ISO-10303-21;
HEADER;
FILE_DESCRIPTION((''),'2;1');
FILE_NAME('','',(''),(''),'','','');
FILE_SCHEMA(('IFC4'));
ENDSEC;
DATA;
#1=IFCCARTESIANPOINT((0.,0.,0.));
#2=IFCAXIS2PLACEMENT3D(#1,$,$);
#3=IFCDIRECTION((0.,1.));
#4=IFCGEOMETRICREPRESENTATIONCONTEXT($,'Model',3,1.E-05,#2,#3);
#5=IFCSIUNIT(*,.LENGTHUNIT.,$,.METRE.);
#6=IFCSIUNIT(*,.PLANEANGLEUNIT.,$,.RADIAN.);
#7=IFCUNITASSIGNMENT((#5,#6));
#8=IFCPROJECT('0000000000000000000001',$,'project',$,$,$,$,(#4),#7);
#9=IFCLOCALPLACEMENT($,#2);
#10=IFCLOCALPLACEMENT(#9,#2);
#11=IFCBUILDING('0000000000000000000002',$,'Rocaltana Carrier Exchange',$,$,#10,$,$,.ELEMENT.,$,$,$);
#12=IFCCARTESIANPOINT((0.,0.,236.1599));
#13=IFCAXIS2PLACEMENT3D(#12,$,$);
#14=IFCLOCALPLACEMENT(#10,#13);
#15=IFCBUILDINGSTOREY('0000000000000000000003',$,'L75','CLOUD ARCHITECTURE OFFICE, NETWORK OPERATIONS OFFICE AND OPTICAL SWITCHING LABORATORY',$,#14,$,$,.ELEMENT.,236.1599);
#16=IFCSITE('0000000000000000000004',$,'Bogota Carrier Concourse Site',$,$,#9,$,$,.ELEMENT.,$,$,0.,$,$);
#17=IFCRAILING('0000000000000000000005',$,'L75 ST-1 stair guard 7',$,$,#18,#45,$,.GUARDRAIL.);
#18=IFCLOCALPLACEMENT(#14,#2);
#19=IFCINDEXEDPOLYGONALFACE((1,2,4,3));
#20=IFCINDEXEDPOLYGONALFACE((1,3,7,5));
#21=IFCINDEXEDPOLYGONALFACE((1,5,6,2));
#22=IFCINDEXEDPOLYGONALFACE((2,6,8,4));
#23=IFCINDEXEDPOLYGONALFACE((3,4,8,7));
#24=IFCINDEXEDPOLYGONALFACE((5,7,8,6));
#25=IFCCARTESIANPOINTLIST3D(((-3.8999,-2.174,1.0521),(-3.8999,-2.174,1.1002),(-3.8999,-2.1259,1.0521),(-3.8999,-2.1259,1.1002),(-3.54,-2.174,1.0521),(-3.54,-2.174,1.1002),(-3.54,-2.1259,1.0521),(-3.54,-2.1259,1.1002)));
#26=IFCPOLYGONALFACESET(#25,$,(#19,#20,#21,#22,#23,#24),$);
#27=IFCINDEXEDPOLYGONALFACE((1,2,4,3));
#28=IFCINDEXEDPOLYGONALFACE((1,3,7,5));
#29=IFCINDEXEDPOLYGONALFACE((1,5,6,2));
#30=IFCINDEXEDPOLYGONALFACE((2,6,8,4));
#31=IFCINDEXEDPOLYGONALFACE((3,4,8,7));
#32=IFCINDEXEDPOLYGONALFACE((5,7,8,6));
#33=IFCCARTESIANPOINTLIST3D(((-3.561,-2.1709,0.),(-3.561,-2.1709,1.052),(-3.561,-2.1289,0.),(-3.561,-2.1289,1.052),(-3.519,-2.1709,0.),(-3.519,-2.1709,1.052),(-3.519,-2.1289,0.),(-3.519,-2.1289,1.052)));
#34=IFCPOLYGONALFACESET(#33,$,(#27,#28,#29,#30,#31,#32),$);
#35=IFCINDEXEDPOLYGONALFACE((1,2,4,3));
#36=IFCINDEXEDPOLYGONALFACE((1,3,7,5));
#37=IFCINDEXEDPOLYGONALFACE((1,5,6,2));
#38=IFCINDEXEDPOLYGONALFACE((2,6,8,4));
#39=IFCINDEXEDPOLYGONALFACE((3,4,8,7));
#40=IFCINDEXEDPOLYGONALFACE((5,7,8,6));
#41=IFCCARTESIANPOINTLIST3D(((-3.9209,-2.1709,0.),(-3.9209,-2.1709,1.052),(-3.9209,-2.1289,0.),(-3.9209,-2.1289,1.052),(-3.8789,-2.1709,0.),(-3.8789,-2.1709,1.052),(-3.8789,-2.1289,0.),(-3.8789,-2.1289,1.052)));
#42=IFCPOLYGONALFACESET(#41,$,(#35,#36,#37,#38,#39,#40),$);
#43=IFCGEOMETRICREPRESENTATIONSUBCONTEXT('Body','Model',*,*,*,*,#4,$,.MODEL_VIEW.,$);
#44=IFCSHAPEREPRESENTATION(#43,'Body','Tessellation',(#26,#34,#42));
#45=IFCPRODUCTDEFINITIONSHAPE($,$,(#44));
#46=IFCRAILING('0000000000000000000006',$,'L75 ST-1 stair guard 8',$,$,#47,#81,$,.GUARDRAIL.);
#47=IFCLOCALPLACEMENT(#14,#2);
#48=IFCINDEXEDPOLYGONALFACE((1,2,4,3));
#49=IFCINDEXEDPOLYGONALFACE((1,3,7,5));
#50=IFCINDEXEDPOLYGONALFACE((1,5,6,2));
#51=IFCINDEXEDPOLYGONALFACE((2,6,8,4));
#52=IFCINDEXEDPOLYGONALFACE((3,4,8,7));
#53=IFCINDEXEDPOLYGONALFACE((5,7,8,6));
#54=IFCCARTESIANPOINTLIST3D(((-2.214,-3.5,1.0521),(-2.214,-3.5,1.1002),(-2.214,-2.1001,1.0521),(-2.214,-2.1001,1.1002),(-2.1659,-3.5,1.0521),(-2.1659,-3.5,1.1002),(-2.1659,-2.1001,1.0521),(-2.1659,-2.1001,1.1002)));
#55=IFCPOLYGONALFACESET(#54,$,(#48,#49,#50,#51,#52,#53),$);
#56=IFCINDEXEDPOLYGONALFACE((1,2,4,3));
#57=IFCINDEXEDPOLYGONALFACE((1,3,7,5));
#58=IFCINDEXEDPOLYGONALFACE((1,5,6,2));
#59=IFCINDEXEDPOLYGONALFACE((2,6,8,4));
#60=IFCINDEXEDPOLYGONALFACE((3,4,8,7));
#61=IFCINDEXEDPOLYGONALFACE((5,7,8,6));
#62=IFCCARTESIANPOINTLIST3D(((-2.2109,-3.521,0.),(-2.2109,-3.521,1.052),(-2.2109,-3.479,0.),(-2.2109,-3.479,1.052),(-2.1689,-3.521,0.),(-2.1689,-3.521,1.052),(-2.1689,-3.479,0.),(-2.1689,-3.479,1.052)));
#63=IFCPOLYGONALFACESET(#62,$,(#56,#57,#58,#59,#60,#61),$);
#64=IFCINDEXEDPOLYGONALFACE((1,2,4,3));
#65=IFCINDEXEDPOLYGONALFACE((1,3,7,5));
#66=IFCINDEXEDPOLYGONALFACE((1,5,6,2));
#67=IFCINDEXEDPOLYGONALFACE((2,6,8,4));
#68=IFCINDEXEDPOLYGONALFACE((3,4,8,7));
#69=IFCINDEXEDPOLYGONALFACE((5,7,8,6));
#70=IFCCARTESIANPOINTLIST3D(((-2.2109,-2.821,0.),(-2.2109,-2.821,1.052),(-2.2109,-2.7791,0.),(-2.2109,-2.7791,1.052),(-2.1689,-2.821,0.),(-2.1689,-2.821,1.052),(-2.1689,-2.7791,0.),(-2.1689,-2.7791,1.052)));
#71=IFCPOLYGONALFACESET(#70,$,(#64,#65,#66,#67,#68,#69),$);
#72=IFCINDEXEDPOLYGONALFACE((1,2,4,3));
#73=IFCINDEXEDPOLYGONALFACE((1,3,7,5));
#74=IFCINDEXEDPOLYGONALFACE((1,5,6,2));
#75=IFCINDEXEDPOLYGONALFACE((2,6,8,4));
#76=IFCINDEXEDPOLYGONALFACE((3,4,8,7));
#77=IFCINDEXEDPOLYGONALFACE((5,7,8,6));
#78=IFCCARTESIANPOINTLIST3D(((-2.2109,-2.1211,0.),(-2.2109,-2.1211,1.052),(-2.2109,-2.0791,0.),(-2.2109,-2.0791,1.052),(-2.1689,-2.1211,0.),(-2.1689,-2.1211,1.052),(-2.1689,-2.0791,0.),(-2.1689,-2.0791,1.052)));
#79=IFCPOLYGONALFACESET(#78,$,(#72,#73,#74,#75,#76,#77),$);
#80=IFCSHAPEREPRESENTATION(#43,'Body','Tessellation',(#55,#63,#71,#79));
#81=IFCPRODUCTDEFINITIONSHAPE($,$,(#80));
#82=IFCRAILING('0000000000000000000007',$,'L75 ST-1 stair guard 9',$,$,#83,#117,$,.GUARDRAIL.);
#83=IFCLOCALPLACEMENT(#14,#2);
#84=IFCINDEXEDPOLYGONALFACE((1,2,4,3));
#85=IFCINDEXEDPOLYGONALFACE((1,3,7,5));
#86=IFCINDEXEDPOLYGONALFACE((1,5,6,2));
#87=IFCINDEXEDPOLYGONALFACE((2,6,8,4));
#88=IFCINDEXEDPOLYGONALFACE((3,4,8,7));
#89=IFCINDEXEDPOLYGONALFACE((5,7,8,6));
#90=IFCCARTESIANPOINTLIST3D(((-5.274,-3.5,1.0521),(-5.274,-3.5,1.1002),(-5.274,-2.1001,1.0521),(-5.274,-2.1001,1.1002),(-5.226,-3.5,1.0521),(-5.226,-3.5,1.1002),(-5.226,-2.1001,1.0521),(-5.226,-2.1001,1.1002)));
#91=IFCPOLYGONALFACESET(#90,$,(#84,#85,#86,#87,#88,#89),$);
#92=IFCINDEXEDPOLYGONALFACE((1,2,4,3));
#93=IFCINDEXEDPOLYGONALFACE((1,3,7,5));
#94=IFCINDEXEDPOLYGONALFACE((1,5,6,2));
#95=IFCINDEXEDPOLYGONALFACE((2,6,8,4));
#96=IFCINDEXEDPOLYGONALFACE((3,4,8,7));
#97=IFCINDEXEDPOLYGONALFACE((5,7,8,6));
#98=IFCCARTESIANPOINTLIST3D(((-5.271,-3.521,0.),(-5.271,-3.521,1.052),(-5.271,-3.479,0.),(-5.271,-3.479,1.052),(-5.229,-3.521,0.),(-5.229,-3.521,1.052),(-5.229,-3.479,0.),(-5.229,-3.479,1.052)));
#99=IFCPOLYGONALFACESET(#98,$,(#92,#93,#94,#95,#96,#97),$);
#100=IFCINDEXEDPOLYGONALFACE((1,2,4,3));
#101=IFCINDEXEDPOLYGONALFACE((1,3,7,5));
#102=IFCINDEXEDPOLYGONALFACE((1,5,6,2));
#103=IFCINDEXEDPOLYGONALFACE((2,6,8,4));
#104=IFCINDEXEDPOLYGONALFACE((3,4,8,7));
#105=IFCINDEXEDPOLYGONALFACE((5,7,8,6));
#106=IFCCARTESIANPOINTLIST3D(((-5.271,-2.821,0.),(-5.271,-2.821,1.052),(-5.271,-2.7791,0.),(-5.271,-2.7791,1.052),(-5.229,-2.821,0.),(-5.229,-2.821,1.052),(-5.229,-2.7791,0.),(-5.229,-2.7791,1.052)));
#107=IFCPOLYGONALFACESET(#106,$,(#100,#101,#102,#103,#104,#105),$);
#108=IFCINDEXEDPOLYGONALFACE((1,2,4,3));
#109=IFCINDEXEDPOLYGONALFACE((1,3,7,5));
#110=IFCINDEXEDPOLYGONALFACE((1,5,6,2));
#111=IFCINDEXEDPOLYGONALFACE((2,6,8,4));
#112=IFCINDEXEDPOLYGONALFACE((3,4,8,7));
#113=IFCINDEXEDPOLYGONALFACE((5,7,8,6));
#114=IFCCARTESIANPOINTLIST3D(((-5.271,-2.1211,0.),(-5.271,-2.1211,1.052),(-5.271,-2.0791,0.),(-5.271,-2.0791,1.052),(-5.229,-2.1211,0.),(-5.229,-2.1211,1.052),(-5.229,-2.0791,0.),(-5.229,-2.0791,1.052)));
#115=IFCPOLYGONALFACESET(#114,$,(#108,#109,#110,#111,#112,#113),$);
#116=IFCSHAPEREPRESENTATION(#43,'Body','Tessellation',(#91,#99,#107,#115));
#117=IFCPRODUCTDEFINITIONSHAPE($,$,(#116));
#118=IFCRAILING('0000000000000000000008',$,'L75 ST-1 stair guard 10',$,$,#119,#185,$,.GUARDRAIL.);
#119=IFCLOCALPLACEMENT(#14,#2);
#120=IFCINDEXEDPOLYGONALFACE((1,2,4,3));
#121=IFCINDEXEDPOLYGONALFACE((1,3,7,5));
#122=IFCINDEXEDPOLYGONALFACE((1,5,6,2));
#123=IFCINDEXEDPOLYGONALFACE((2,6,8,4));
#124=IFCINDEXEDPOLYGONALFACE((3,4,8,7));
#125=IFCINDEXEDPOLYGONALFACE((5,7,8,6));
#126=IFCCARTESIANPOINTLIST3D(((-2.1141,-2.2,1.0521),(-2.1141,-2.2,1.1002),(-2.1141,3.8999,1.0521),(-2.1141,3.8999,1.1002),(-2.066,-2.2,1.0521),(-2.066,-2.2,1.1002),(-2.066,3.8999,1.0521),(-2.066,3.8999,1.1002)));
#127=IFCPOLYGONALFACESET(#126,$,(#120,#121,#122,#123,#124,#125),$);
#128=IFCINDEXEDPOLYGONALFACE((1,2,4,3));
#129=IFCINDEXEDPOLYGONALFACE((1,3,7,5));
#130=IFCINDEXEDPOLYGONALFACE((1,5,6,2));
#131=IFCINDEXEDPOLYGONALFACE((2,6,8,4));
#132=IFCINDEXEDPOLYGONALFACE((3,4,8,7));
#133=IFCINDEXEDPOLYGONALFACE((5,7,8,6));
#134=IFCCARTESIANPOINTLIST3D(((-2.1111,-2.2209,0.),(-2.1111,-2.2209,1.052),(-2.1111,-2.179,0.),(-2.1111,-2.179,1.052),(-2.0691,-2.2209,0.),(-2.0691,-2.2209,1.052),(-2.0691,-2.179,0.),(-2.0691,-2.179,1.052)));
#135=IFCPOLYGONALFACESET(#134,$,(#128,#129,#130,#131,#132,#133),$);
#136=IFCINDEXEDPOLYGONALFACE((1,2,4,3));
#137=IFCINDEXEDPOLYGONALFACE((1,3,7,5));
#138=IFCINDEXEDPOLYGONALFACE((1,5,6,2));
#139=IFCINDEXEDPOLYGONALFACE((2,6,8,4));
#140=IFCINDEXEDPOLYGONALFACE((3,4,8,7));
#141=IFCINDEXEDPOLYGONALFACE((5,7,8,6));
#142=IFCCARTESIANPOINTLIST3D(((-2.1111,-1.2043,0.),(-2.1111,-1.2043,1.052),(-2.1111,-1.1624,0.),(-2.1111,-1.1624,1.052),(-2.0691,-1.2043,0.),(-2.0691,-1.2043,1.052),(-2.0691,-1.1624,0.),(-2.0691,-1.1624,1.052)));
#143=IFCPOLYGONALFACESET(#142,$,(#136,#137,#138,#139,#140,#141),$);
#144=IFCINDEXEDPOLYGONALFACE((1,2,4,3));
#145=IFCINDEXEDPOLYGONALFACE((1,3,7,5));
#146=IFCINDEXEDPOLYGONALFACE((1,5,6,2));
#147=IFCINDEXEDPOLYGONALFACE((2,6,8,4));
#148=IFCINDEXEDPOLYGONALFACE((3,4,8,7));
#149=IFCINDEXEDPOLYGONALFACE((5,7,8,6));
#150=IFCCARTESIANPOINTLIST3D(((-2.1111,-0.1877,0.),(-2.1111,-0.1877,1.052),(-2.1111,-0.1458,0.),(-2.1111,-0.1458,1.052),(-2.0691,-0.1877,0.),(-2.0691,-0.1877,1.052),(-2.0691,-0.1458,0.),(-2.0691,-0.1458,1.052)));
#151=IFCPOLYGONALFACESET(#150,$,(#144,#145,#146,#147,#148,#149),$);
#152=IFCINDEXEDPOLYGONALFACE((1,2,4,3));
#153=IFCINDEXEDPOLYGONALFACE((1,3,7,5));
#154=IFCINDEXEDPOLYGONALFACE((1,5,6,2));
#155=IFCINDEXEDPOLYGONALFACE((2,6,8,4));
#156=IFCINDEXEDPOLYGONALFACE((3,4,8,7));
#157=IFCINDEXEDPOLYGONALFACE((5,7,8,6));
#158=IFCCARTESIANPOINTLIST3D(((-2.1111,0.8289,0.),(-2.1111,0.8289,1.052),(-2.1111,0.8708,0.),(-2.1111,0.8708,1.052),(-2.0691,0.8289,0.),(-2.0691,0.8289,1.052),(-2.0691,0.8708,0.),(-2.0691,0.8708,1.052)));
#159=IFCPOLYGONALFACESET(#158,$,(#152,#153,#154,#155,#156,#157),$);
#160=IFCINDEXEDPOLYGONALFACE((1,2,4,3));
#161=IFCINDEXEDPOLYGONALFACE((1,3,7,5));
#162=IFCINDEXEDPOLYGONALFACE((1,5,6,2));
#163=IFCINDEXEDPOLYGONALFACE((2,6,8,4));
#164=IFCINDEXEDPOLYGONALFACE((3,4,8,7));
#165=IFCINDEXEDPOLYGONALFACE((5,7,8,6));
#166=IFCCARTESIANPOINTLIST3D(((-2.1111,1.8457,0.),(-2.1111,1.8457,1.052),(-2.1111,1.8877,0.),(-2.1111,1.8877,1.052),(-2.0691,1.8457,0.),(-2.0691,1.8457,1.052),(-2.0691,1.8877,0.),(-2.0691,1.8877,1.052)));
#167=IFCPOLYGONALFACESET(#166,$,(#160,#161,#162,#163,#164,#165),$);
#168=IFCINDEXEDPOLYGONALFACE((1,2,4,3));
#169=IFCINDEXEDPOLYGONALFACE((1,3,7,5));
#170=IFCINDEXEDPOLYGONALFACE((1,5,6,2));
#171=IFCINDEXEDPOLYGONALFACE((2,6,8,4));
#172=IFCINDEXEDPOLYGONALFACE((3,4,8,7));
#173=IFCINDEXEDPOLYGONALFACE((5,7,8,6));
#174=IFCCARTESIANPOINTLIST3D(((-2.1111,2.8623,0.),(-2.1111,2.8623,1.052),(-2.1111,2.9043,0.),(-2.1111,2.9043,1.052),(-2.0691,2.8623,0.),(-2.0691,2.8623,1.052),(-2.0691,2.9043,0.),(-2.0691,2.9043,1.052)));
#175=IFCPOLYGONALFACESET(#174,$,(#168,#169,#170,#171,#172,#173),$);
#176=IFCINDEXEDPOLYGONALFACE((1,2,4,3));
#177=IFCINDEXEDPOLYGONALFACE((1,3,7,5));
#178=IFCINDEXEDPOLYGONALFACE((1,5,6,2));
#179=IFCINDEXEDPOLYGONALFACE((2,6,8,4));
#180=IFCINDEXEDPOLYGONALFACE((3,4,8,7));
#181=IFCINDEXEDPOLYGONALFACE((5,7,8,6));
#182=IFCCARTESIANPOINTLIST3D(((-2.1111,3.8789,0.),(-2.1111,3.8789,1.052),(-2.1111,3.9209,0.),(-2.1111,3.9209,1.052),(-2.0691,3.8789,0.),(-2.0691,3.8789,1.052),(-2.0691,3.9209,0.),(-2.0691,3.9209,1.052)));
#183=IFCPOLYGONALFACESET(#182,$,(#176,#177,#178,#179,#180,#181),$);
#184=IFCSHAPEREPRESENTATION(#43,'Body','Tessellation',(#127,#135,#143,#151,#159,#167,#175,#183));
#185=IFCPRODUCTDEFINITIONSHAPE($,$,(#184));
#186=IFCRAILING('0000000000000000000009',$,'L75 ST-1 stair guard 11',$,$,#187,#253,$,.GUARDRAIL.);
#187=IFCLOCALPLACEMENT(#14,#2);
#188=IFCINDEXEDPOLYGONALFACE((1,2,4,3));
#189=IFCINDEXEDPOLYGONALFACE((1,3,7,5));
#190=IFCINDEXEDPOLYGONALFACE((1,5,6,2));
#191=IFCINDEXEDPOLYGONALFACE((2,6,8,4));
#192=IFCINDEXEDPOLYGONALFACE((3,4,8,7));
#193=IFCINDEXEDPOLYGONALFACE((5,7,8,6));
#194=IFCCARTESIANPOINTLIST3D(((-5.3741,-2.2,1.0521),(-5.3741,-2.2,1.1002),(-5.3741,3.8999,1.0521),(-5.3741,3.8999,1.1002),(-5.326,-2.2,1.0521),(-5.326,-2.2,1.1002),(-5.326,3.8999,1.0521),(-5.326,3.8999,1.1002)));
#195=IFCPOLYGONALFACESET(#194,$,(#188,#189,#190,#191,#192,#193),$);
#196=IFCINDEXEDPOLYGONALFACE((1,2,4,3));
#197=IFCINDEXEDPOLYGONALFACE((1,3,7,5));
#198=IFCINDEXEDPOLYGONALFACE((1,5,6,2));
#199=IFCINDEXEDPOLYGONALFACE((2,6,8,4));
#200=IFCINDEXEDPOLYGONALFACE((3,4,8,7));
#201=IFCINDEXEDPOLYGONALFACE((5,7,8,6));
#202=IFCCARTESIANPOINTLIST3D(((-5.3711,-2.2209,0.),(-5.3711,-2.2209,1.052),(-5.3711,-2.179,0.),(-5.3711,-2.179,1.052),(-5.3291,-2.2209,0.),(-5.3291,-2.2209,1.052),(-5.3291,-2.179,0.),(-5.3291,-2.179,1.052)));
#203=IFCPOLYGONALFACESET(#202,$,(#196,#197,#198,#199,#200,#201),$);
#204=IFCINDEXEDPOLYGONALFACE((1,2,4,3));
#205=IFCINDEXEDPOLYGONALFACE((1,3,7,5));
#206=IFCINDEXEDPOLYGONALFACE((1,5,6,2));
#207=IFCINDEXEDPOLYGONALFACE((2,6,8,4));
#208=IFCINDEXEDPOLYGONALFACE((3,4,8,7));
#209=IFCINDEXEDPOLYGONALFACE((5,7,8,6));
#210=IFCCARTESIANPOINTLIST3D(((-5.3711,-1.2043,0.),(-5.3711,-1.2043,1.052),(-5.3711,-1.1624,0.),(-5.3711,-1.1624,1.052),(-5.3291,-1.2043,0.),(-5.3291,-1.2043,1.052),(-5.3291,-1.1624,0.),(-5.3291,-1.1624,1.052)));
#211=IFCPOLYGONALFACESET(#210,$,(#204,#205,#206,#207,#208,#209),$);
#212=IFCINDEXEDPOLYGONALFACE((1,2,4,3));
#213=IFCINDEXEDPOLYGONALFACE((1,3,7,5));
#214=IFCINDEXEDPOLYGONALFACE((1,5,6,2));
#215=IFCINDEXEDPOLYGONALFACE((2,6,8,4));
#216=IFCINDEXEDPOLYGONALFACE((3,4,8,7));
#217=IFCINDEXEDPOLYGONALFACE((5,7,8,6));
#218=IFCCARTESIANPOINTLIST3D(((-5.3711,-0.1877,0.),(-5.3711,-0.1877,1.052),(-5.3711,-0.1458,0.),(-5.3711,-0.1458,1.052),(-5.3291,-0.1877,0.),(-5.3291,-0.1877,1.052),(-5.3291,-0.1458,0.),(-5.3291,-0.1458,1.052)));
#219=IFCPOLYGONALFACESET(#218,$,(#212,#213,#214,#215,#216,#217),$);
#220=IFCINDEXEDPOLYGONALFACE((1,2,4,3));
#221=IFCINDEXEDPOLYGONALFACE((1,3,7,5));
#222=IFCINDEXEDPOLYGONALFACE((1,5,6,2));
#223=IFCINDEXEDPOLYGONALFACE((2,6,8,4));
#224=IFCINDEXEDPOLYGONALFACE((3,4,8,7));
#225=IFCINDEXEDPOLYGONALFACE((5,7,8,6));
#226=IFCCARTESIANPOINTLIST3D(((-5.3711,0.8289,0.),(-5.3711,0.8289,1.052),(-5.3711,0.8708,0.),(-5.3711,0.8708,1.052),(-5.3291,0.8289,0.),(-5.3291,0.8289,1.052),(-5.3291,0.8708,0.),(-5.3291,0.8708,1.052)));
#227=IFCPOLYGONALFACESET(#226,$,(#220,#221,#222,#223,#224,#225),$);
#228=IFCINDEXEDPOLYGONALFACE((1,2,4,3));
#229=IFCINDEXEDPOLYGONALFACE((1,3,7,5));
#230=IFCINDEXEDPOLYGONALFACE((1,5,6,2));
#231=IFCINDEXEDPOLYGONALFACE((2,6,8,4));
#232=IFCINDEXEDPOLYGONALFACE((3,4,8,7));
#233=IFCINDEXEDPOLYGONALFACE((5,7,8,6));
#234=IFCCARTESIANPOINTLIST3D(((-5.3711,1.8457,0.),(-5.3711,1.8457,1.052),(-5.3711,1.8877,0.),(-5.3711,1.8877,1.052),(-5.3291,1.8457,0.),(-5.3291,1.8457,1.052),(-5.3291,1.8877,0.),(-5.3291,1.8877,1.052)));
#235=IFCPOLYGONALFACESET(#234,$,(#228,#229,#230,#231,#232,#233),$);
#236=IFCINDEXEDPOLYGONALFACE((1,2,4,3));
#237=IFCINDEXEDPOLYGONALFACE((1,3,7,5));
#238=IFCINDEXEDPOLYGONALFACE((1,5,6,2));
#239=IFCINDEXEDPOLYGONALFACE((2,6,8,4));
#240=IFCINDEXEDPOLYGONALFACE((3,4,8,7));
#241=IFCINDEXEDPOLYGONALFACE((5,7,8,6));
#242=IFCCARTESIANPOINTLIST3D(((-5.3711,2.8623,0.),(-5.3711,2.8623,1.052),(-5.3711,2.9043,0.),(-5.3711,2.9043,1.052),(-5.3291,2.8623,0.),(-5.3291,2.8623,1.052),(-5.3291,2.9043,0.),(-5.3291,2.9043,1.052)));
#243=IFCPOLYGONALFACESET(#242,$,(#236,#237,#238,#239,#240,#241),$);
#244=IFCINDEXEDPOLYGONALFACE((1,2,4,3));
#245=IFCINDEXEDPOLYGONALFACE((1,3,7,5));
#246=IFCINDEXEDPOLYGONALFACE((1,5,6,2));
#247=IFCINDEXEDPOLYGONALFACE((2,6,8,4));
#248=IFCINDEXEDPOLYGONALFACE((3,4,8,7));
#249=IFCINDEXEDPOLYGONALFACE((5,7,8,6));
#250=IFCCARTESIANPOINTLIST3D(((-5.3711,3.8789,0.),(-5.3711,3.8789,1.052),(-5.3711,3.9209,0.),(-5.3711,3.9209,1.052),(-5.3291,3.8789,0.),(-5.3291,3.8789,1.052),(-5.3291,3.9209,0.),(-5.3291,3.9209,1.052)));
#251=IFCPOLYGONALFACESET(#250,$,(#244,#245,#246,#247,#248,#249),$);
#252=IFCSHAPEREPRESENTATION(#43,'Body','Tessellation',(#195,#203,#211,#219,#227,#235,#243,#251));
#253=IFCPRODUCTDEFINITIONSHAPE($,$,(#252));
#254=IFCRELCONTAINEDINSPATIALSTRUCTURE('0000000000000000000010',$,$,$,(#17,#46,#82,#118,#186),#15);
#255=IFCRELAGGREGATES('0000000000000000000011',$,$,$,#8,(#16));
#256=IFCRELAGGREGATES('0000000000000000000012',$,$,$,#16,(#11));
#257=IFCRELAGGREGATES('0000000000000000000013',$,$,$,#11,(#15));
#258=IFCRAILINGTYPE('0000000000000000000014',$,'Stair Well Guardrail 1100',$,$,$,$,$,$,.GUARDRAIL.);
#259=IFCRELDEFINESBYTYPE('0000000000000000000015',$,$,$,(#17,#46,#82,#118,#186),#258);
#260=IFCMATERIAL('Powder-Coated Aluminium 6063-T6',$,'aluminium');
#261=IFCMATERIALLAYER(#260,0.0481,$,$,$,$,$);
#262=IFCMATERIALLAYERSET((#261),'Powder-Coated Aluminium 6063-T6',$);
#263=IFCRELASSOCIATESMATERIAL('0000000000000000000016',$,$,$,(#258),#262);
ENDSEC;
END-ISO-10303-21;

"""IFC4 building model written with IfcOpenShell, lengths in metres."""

from ifc_helpers import new_model, si_unit, direction, frame, origin, origin_2d, place, context, subcontext, project, spatial, rectangle, extrude, material, layer, layer_set, type_object, element, save


model = new_model("IFC4")

# Units and contexts
model_context = context("Model", 3, precision=1e-05, world=origin(), true_north=direction((0.0, 1.0)))
body_context = subcontext(model_context, "Body", "Model", "MODEL_VIEW")
ifc_project = project(units=[si_unit("LENGTHUNIT", "METRE"), si_unit("PLANEANGLEUNIT", "RADIAN")], contexts=[model_context])

# Site, building, storey
site_placement = place(None, origin())
site = spatial("IfcSite", under=ifc_project, at=site_placement, Name="Bogota Carrier Concourse Site", CompositionType="ELEMENT", RefElevation=0.0)
building_placement = place(site_placement, origin())
building = spatial("IfcBuilding", under=site, at=building_placement, Name="Rocaltana Carrier Exchange", CompositionType="ELEMENT")
storey_placement = place(building_placement, frame((0.0, 0.0, 236.1599)))
storey = spatial("IfcBuildingStorey", under=building, at=storey_placement, Name="L75", Description="CLOUD ARCHITECTURE OFFICE, NETWORK OPERATIONS OFFICE AND OPTICAL SWITCHING LABORATORY", CompositionType="ELEMENT", Elevation=236.1599)

# Railings
ifc_material_1 = material(Name="Powder-Coated Aluminium 6063-T6", Category="aluminium")
ifc_layer_1 = layer(ifc_material_1, 0.0481)
ifc_layer_set_1 = layer_set([ifc_layer_1], Name="Powder-Coated Aluminium 6063-T6")
railing_type_1 = type_object("IfcRailingType", Name="Stair Well Guardrail 1100", PredefinedType="GUARDRAIL", material=ifc_layer_set_1)
railing_1_placement = place(storey_placement, frame((-3.54, -2.1499, 0.0)))
element("IfcRailing", 1, at=railing_1_placement, inside=storey, type_object=railing_type_1, Name="L75 ST-1 stair guard 7", PredefinedType="GUARDRAIL", context=body_context, shape_type="SweptSolid", body=[
    extrude(rectangle(XDim=0.0481, YDim=0.0481, at=origin_2d()), frame((0.0, 0.0, 1.0762), z_axis=(-1.0, 0.0, 0.0), x_axis=(0.0, -1.0, 0.0)), (0.0, 0.0, 1.0), 0.3599),
    extrude(rectangle(XDim=0.042, YDim=0.042, at=origin_2d()), origin(), (0.0, 0.0, 1.0), 1.052),
    extrude(rectangle(XDim=0.042, YDim=0.042, at=origin_2d()), frame((-0.3599, 0.0, 0.0)), (0.0, 0.0, 1.0), 1.052),
])
for number, where, name in (
    (2, (-2.1899, -3.5, 0.0), "L75 ST-1 stair guard 8"),
    (3, (-5.25, -3.5, 0.0), "L75 ST-1 stair guard 9"),
):
    element("IfcRailing", number, at=place(storey_placement, frame(where)), inside=storey, type_object=railing_type_1, Name=name, PredefinedType="GUARDRAIL", context=body_context, shape_type="SweptSolid", body=[
        extrude(rectangle(XDim=0.0481, YDim=0.0481, at=origin_2d()), frame((0.0, 0.0, 1.0762), z_axis=(0.0, 1.0, 0.0), x_axis=(-1.0, 0.0, 0.0)), (0.0, 0.0, 1.0), 1.3999),
        extrude(rectangle(XDim=0.042, YDim=0.042, at=origin_2d()), origin(), (0.0, 0.0, 1.0), 1.052),
        extrude(rectangle(XDim=0.042, YDim=0.042, at=origin_2d()), frame((0.0, 0.7, 0.0)), (0.0, 0.0, 1.0), 1.052),
        extrude(rectangle(XDim=0.042, YDim=0.042, at=origin_2d()), frame((0.0, 1.3999, 0.0)), (0.0, 0.0, 1.0), 1.052),
    ])
for number, where, name in (
    (4, (-2.0901, -2.2, 0.0), "L75 ST-1 stair guard 10"),
    (5, (-5.3501, -2.2, 0.0), "L75 ST-1 stair guard 11"),
):
    element("IfcRailing", number, at=place(storey_placement, frame(where)), inside=storey, type_object=railing_type_1, Name=name, PredefinedType="GUARDRAIL", context=body_context, shape_type="SweptSolid", body=[
        extrude(rectangle(XDim=0.0481, YDim=0.0481, at=origin_2d()), frame((0.0, 0.0, 1.0762), z_axis=(0.0, 1.0, 0.0), x_axis=(-1.0, 0.0, 0.0)), (0.0, 0.0, 1.0), 6.0999),
        extrude(rectangle(XDim=0.042, YDim=0.042, at=origin_2d()), origin(), (0.0, 0.0, 1.0), 1.052),
        extrude(rectangle(XDim=0.042, YDim=0.042, at=origin_2d()), frame((0.0, 1.0166, 0.0)), (0.0, 0.0, 1.0), 1.052),
        extrude(rectangle(XDim=0.042, YDim=0.042, at=origin_2d()), frame((0.0, 2.0332, 0.0)), (0.0, 0.0, 1.0), 1.052),
        extrude(rectangle(XDim=0.042, YDim=0.042, at=origin_2d()), frame((0.0, 3.0498, 0.0)), (0.0, 0.0, 1.0), 1.052),
        extrude(rectangle(XDim=0.042, YDim=0.042, at=origin_2d()), frame((0.0, 4.0667, 0.0)), (0.0, 0.0, 1.0), 1.052),
        extrude(rectangle(XDim=0.042, YDim=0.042, at=origin_2d()), frame((0.0, 5.0833, 0.0)), (0.0, 0.0, 1.0), 1.052),
        extrude(rectangle(XDim=0.042, YDim=0.042, at=origin_2d()), frame((0.0, 6.0999, 0.0)), (0.0, 0.0, 1.0), 1.052),
    ])

save(model, "model.ifc")
